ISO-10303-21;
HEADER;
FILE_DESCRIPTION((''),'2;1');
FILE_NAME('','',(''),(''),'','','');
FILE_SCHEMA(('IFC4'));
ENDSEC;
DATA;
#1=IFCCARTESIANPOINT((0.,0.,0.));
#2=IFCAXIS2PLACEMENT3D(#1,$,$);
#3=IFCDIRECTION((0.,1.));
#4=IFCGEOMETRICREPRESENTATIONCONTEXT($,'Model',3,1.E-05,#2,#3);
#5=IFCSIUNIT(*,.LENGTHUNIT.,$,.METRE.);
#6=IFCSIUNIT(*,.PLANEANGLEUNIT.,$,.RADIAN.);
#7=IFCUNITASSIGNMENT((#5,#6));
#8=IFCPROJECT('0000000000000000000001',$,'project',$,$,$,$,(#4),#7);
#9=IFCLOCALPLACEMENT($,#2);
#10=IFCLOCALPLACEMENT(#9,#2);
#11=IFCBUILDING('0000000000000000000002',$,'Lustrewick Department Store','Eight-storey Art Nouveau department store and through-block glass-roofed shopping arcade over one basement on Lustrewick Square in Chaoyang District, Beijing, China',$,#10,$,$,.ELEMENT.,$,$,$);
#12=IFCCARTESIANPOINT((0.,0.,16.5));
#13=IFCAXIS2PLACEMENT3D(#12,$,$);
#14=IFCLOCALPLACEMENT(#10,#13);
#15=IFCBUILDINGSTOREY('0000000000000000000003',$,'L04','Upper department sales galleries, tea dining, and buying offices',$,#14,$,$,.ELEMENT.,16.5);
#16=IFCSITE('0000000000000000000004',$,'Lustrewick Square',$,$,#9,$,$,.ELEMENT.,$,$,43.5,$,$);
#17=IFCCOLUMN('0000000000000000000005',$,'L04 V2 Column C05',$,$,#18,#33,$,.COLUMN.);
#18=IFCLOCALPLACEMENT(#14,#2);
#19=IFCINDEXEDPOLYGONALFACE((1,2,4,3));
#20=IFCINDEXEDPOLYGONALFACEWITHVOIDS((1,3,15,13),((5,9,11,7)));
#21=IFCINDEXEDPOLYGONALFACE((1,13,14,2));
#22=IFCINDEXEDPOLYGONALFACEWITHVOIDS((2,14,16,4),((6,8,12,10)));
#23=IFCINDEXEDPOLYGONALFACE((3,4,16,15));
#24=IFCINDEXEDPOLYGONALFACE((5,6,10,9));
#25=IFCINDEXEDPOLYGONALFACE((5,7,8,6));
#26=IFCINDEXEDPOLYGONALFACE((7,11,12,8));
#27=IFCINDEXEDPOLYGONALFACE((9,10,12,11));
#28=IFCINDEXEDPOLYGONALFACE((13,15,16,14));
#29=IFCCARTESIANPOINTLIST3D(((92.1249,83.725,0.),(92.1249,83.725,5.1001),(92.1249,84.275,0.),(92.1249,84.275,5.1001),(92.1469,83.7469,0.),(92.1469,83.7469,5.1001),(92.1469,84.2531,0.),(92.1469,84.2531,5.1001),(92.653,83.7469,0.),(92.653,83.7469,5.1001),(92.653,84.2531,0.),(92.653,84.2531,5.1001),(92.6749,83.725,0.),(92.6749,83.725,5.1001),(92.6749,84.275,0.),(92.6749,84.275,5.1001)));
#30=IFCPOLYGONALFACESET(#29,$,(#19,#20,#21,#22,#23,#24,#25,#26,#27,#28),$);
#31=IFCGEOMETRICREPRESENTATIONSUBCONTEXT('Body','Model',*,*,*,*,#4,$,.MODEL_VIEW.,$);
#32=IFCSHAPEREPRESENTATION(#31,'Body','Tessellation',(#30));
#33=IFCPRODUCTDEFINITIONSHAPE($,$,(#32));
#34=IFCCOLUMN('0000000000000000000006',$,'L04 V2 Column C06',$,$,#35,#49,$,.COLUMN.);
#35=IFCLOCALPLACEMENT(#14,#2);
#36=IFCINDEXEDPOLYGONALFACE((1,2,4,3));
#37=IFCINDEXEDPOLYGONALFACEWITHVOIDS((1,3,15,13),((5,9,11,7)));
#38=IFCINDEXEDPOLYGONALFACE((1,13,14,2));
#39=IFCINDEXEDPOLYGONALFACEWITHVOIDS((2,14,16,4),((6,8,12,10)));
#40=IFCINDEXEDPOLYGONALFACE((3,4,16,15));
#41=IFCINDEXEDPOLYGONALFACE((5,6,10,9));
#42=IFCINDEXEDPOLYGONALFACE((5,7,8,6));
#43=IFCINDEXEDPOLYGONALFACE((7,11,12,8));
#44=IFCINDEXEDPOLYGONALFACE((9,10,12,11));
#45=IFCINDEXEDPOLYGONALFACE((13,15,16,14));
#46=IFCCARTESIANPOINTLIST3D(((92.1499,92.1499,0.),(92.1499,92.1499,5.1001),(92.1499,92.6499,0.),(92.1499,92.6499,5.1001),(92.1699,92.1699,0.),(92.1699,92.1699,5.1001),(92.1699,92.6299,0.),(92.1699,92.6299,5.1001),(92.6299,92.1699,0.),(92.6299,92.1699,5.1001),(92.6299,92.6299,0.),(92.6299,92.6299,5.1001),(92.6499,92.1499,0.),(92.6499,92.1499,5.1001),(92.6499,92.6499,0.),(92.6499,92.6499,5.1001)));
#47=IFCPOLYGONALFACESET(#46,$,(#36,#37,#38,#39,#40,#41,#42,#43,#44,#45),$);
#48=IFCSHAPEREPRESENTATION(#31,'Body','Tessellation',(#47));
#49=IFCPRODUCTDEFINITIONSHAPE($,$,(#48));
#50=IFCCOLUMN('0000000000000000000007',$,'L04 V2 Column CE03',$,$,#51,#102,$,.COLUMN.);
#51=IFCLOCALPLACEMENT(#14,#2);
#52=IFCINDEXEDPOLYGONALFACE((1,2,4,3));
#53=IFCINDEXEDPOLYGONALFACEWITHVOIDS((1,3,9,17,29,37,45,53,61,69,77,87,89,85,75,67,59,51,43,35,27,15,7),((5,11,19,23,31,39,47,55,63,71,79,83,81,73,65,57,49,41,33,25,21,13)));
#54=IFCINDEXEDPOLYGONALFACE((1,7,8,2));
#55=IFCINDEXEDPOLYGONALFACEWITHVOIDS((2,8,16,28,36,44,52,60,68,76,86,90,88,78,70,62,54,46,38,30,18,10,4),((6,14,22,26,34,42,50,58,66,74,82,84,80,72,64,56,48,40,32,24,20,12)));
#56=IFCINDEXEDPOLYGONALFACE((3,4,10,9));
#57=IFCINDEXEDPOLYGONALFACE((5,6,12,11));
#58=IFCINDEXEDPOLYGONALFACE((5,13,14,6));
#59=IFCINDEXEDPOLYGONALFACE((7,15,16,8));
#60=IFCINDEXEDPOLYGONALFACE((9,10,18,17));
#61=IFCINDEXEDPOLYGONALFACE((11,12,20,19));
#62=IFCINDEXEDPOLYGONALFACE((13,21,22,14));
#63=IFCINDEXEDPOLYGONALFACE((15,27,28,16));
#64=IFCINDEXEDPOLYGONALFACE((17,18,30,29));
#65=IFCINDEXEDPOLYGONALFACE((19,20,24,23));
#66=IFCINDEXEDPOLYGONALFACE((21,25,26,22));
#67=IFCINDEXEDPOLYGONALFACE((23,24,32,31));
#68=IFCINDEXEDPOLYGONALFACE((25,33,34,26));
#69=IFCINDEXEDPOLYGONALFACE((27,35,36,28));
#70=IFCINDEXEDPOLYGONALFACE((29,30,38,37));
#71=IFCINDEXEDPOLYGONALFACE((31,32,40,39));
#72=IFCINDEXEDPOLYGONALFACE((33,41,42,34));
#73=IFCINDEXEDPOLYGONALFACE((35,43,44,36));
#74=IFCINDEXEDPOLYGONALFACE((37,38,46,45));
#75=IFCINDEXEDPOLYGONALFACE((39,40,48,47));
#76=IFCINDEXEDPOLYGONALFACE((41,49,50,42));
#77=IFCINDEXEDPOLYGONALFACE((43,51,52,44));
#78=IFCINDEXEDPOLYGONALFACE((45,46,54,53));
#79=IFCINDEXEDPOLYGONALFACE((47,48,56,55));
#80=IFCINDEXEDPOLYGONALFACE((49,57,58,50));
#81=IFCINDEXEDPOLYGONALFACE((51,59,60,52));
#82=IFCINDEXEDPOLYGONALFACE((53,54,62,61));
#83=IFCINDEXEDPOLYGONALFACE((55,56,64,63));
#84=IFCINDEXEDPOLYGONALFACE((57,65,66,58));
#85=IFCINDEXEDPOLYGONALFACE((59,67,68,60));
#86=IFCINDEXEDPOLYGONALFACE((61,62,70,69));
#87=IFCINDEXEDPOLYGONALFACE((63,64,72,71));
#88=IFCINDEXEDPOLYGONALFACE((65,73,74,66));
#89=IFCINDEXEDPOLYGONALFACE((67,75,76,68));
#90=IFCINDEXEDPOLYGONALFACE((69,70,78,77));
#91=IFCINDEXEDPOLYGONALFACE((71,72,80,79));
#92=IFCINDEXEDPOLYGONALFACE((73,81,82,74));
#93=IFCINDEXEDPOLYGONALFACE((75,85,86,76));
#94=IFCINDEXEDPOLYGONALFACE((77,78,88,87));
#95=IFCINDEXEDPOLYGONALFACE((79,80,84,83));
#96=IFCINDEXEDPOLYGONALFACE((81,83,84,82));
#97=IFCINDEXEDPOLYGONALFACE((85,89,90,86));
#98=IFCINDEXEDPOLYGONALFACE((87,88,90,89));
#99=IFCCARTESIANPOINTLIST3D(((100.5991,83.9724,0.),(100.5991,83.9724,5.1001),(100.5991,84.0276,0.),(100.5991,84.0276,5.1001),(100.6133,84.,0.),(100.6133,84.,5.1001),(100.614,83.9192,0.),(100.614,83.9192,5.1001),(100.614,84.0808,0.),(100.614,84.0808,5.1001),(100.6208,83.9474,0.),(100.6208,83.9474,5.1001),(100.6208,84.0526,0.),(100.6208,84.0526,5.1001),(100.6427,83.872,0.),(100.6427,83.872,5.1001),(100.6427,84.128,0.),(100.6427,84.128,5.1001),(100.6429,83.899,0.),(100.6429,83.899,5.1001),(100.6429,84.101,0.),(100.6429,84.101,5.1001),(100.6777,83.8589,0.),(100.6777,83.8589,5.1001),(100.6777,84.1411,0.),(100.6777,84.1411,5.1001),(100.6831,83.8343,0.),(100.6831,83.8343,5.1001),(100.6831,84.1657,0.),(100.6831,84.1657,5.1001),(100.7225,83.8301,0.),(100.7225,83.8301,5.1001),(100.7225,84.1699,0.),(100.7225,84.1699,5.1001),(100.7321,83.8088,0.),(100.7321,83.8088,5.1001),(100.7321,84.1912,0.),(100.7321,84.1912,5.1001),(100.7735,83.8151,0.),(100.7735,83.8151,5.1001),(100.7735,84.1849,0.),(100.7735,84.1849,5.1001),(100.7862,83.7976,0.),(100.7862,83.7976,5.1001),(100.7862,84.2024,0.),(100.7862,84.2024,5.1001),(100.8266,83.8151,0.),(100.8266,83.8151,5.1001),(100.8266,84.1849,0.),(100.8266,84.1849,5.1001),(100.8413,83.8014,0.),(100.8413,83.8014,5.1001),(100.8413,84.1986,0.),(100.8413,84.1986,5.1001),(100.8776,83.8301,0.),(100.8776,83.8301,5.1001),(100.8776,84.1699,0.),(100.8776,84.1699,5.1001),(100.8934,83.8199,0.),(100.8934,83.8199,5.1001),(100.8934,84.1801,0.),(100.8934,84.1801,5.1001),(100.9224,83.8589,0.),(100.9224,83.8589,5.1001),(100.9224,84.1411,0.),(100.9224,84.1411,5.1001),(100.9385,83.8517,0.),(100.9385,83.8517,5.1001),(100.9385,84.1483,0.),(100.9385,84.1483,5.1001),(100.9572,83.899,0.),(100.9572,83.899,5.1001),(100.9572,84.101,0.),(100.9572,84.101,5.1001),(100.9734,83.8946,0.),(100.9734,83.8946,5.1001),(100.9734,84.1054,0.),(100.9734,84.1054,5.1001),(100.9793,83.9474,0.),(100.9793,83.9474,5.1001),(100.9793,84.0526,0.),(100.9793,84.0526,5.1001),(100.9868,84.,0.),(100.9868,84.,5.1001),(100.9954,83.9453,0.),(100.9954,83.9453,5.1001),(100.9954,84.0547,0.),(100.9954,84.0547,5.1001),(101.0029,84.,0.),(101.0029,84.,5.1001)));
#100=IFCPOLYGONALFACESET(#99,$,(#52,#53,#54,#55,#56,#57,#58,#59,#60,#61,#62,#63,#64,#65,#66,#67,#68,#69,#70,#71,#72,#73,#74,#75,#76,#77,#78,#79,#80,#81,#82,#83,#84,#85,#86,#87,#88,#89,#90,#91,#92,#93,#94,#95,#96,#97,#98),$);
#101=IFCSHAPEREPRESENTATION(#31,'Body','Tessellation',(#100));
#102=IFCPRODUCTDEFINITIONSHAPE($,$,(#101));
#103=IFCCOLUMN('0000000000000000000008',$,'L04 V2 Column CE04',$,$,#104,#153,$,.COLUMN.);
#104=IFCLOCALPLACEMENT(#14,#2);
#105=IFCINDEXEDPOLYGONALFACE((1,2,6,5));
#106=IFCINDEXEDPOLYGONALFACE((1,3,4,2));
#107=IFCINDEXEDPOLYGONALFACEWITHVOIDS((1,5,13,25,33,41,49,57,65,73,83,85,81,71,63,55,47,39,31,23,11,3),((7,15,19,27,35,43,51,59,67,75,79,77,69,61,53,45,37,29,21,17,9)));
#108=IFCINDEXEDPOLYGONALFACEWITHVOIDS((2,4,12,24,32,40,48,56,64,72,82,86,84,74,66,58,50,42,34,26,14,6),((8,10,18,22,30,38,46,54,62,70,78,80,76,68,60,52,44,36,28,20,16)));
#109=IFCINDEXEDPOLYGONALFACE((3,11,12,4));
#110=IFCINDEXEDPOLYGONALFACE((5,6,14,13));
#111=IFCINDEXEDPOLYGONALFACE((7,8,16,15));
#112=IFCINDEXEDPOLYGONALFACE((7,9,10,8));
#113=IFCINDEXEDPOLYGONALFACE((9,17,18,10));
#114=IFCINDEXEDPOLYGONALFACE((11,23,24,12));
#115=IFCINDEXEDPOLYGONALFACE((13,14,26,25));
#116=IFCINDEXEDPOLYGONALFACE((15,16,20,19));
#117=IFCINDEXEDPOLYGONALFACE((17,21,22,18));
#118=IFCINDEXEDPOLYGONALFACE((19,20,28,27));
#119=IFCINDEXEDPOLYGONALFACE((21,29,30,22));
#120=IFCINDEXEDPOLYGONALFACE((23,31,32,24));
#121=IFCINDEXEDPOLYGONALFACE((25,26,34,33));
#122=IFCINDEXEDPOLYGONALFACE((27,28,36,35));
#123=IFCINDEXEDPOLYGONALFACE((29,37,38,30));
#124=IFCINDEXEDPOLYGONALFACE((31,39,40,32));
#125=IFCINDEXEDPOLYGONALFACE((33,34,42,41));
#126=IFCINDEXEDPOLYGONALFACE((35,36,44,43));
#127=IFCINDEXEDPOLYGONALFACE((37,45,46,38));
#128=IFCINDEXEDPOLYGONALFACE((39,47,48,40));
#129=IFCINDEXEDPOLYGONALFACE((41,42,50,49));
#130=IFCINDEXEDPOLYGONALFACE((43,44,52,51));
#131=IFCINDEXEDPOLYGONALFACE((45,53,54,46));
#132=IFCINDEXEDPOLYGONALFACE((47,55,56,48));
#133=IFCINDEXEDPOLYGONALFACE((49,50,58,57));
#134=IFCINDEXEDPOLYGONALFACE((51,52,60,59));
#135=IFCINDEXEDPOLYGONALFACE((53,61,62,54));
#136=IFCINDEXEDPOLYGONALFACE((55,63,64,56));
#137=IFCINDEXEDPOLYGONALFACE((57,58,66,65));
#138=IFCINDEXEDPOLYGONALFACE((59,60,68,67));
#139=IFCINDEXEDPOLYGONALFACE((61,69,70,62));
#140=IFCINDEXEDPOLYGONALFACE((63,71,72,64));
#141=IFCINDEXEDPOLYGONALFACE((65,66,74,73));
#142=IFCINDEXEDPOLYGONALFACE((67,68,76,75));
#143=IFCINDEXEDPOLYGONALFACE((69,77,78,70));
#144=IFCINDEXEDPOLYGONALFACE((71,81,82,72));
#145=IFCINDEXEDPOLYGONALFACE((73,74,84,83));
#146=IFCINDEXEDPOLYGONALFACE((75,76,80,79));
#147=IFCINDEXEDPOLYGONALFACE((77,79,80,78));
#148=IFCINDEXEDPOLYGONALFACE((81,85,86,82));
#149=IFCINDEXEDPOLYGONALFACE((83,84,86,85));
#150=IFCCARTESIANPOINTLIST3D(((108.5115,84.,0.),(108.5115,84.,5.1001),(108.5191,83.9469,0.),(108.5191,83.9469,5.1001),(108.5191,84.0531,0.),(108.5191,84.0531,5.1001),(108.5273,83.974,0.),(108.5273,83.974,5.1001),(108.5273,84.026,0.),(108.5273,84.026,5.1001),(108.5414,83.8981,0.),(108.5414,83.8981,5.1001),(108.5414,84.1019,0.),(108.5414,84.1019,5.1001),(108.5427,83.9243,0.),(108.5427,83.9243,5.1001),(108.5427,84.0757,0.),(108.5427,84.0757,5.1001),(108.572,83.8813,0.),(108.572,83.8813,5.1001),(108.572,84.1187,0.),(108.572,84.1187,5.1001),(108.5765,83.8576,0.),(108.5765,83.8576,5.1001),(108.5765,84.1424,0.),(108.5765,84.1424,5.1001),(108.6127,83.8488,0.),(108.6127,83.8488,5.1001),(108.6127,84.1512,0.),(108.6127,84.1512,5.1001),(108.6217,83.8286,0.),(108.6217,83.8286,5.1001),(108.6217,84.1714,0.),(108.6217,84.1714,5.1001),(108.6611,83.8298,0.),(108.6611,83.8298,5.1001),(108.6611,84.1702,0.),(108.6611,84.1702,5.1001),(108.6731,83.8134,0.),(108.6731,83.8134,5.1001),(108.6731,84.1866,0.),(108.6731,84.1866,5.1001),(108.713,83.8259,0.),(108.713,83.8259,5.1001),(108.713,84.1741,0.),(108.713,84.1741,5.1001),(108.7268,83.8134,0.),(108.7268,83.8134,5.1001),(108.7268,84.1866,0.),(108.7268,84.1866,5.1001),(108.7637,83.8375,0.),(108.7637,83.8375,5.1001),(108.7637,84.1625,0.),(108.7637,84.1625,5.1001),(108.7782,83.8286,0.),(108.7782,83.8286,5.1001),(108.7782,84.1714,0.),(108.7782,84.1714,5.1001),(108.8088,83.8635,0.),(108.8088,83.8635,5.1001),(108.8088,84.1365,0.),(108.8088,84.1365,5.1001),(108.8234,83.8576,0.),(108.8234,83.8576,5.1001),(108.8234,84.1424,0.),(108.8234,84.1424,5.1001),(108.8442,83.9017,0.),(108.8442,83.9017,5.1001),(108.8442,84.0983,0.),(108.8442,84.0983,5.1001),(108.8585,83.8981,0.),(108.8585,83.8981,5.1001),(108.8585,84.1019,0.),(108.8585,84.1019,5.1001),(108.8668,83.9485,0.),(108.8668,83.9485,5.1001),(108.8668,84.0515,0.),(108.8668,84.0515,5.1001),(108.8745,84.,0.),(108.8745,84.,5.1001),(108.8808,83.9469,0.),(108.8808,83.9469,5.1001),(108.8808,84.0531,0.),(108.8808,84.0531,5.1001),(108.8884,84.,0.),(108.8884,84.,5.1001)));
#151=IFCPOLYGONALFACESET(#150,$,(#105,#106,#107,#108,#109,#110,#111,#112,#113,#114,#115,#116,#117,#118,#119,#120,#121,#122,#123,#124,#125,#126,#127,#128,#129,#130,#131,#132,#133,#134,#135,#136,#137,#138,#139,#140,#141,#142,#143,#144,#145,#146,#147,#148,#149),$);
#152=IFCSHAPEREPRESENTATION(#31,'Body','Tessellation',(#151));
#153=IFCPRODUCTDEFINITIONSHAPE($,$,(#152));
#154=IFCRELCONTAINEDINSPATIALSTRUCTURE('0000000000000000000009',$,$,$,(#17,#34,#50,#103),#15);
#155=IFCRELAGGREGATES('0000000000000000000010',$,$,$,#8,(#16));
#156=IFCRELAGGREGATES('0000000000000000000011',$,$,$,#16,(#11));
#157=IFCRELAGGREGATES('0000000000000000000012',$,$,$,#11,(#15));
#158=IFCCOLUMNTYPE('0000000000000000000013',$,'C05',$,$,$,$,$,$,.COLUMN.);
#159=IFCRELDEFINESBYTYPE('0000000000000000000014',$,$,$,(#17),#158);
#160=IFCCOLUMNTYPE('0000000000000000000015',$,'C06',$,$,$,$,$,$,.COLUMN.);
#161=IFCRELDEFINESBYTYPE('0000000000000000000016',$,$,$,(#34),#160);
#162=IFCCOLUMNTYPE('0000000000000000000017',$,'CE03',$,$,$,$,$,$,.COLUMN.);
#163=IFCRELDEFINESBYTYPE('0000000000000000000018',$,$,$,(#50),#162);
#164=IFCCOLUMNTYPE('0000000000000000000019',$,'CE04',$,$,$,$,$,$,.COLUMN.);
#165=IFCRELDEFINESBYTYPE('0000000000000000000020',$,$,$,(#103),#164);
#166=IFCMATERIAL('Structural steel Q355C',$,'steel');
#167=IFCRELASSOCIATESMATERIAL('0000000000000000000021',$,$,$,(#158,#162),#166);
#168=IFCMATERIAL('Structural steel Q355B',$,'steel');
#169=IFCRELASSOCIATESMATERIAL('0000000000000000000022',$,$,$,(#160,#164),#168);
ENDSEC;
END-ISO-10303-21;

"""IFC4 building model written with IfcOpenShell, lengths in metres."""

from ifc_helpers import new_model, si_unit, direction, frame, origin, origin_2d, place, context, subcontext, project, spatial, hollow_rectangle, hollow_circle, extrude, material, material_profile, profile_set, type_object, element, save


model = new_model("IFC4")

# Units and contexts
model_context = context("Model", 3, precision=1e-05, world=origin(), true_north=direction((0.0, 1.0)))
body_context = subcontext(model_context, "Body", "Model", "MODEL_VIEW")
ifc_project = project(units=[si_unit("LENGTHUNIT", "METRE"), si_unit("PLANEANGLEUNIT", "RADIAN")], contexts=[model_context])

# Site, building, storey
site_placement = place(None, origin())
site = spatial("IfcSite", under=ifc_project, at=site_placement, Name="Lustrewick Square", CompositionType="ELEMENT", RefElevation=43.5)
building_placement = place(site_placement, origin())
building = spatial("IfcBuilding", under=site, at=building_placement, Name="Lustrewick Department Store", Description="Eight-storey Art Nouveau department store and through-block glass-roofed shopping arcade over one basement on Lustrewick Square in Chaoyang District, Beijing, China", CompositionType="ELEMENT")
storey_placement = place(building_placement, frame((0.0, 0.0, 16.5)))
storey = spatial("IfcBuildingStorey", under=building, at=storey_placement, Name="L04", Description="Upper department sales galleries, tea dining, and buying offices", CompositionType="ELEMENT", Elevation=16.5)

# Columns
ifc_material_1 = material(Name="Structural steel Q355C", Category="steel")
ifc_material_profile_1 = material_profile(ifc_material_1, hollow_rectangle(XDim=0.55, YDim=0.55, WallThickness=0.022, at=origin_2d()), Name="BOX 550x550x22")
ifc_profile_set_1 = profile_set([ifc_material_profile_1], Name="Structural steel Q355C")
column_type_1 = type_object("IfcColumnType", Name="C05", PredefinedType="COLUMN", material=ifc_profile_set_1)
column_1_placement = place(storey_placement, frame((92.3999, 84.0, 0.0), z_axis=(0.0, 0.0, 1.0), x_axis=(1.0, 0.0, 0.0)))
element("IfcColumn", 1, at=column_1_placement, inside=storey, type_object=column_type_1, Name="L04 V2 Column C05", PredefinedType="COLUMN", context=body_context, shape_type="SweptSolid", body=[
    extrude(hollow_rectangle(XDim=0.55, YDim=0.55, WallThickness=0.022, at=origin_2d()), origin(), (0.0, 0.0, 1.0), 5.1001),
])
ifc_material_2 = material(Name="Structural steel Q355B", Category="steel")
ifc_material_profile_2 = material_profile(ifc_material_2, hollow_rectangle(XDim=0.5, YDim=0.5, WallThickness=0.02, at=origin_2d()), Name="BOX 500x500x20")
ifc_profile_set_2 = profile_set([ifc_material_profile_2], Name="Structural steel Q355B")
column_type_2 = type_object("IfcColumnType", Name="C06", PredefinedType="COLUMN", material=ifc_profile_set_2)
column_2_placement = place(storey_placement, frame((92.3999, 92.3999, 0.0), z_axis=(0.0, 0.0, 1.0), x_axis=(1.0, 0.0, 0.0)))
element("IfcColumn", 2, at=column_2_placement, inside=storey, type_object=column_type_2, Name="L04 V2 Column C06", PredefinedType="COLUMN", context=body_context, shape_type="SweptSolid", body=[
    extrude(hollow_rectangle(XDim=0.5, YDim=0.5, WallThickness=0.02, at=origin_2d()), origin(), (0.0, 0.0, 1.0), 5.1001),
])
ifc_material_profile_3 = material_profile(ifc_material_1, hollow_circle(Radius=0.2029, WallThickness=0.0161, at=origin_2d()), Name="CHS 406x16")
ifc_profile_set_3 = profile_set([ifc_material_profile_3], Name="Structural steel Q355C")
column_type_3 = type_object("IfcColumnType", Name="CE03", PredefinedType="COLUMN", material=ifc_profile_set_3)
column_3_placement = place(storey_placement, frame((100.8, 84.0, 0.0), z_axis=(0.0, 0.0, 1.0), x_axis=(1.0, 0.0, 0.0)))
element("IfcColumn", 3, at=column_3_placement, inside=storey, type_object=column_type_3, Name="L04 V2 Column CE03", PredefinedType="COLUMN", context=body_context, shape_type="SweptSolid", body=[
    extrude(hollow_circle(Radius=0.2029, WallThickness=0.0161, at=origin_2d()), origin(), (0.0, 0.0, 1.0), 5.1001),
])
ifc_material_profile_4 = material_profile(ifc_material_2, hollow_circle(Radius=0.1885, WallThickness=0.0139, at=origin_2d()), Name="CHS 377x14")
ifc_profile_set_4 = profile_set([ifc_material_profile_4], Name="Structural steel Q355B")
column_type_4 = type_object("IfcColumnType", Name="CE04", PredefinedType="COLUMN", material=ifc_profile_set_4)
for number, where, z_axis, x_axis, name in (
    (4, (108.7, 84.0, 0.0), (0.0, 0.0, 1.0), (1.0, 0.0, 0.0), "L04 V2 Column CE04"),
):
    element("IfcColumn", number, at=place(storey_placement, frame(where, z_axis=z_axis, x_axis=x_axis)), inside=storey, type_object=column_type_4, Name=name, PredefinedType="COLUMN", context=body_context, shape_type="SweptSolid", body=[
        extrude(hollow_circle(Radius=0.1885, WallThickness=0.0139, at=origin_2d()), origin(), (0.0, 0.0, 1.0), 5.1001),
    ])

save(model, "model.ifc")
